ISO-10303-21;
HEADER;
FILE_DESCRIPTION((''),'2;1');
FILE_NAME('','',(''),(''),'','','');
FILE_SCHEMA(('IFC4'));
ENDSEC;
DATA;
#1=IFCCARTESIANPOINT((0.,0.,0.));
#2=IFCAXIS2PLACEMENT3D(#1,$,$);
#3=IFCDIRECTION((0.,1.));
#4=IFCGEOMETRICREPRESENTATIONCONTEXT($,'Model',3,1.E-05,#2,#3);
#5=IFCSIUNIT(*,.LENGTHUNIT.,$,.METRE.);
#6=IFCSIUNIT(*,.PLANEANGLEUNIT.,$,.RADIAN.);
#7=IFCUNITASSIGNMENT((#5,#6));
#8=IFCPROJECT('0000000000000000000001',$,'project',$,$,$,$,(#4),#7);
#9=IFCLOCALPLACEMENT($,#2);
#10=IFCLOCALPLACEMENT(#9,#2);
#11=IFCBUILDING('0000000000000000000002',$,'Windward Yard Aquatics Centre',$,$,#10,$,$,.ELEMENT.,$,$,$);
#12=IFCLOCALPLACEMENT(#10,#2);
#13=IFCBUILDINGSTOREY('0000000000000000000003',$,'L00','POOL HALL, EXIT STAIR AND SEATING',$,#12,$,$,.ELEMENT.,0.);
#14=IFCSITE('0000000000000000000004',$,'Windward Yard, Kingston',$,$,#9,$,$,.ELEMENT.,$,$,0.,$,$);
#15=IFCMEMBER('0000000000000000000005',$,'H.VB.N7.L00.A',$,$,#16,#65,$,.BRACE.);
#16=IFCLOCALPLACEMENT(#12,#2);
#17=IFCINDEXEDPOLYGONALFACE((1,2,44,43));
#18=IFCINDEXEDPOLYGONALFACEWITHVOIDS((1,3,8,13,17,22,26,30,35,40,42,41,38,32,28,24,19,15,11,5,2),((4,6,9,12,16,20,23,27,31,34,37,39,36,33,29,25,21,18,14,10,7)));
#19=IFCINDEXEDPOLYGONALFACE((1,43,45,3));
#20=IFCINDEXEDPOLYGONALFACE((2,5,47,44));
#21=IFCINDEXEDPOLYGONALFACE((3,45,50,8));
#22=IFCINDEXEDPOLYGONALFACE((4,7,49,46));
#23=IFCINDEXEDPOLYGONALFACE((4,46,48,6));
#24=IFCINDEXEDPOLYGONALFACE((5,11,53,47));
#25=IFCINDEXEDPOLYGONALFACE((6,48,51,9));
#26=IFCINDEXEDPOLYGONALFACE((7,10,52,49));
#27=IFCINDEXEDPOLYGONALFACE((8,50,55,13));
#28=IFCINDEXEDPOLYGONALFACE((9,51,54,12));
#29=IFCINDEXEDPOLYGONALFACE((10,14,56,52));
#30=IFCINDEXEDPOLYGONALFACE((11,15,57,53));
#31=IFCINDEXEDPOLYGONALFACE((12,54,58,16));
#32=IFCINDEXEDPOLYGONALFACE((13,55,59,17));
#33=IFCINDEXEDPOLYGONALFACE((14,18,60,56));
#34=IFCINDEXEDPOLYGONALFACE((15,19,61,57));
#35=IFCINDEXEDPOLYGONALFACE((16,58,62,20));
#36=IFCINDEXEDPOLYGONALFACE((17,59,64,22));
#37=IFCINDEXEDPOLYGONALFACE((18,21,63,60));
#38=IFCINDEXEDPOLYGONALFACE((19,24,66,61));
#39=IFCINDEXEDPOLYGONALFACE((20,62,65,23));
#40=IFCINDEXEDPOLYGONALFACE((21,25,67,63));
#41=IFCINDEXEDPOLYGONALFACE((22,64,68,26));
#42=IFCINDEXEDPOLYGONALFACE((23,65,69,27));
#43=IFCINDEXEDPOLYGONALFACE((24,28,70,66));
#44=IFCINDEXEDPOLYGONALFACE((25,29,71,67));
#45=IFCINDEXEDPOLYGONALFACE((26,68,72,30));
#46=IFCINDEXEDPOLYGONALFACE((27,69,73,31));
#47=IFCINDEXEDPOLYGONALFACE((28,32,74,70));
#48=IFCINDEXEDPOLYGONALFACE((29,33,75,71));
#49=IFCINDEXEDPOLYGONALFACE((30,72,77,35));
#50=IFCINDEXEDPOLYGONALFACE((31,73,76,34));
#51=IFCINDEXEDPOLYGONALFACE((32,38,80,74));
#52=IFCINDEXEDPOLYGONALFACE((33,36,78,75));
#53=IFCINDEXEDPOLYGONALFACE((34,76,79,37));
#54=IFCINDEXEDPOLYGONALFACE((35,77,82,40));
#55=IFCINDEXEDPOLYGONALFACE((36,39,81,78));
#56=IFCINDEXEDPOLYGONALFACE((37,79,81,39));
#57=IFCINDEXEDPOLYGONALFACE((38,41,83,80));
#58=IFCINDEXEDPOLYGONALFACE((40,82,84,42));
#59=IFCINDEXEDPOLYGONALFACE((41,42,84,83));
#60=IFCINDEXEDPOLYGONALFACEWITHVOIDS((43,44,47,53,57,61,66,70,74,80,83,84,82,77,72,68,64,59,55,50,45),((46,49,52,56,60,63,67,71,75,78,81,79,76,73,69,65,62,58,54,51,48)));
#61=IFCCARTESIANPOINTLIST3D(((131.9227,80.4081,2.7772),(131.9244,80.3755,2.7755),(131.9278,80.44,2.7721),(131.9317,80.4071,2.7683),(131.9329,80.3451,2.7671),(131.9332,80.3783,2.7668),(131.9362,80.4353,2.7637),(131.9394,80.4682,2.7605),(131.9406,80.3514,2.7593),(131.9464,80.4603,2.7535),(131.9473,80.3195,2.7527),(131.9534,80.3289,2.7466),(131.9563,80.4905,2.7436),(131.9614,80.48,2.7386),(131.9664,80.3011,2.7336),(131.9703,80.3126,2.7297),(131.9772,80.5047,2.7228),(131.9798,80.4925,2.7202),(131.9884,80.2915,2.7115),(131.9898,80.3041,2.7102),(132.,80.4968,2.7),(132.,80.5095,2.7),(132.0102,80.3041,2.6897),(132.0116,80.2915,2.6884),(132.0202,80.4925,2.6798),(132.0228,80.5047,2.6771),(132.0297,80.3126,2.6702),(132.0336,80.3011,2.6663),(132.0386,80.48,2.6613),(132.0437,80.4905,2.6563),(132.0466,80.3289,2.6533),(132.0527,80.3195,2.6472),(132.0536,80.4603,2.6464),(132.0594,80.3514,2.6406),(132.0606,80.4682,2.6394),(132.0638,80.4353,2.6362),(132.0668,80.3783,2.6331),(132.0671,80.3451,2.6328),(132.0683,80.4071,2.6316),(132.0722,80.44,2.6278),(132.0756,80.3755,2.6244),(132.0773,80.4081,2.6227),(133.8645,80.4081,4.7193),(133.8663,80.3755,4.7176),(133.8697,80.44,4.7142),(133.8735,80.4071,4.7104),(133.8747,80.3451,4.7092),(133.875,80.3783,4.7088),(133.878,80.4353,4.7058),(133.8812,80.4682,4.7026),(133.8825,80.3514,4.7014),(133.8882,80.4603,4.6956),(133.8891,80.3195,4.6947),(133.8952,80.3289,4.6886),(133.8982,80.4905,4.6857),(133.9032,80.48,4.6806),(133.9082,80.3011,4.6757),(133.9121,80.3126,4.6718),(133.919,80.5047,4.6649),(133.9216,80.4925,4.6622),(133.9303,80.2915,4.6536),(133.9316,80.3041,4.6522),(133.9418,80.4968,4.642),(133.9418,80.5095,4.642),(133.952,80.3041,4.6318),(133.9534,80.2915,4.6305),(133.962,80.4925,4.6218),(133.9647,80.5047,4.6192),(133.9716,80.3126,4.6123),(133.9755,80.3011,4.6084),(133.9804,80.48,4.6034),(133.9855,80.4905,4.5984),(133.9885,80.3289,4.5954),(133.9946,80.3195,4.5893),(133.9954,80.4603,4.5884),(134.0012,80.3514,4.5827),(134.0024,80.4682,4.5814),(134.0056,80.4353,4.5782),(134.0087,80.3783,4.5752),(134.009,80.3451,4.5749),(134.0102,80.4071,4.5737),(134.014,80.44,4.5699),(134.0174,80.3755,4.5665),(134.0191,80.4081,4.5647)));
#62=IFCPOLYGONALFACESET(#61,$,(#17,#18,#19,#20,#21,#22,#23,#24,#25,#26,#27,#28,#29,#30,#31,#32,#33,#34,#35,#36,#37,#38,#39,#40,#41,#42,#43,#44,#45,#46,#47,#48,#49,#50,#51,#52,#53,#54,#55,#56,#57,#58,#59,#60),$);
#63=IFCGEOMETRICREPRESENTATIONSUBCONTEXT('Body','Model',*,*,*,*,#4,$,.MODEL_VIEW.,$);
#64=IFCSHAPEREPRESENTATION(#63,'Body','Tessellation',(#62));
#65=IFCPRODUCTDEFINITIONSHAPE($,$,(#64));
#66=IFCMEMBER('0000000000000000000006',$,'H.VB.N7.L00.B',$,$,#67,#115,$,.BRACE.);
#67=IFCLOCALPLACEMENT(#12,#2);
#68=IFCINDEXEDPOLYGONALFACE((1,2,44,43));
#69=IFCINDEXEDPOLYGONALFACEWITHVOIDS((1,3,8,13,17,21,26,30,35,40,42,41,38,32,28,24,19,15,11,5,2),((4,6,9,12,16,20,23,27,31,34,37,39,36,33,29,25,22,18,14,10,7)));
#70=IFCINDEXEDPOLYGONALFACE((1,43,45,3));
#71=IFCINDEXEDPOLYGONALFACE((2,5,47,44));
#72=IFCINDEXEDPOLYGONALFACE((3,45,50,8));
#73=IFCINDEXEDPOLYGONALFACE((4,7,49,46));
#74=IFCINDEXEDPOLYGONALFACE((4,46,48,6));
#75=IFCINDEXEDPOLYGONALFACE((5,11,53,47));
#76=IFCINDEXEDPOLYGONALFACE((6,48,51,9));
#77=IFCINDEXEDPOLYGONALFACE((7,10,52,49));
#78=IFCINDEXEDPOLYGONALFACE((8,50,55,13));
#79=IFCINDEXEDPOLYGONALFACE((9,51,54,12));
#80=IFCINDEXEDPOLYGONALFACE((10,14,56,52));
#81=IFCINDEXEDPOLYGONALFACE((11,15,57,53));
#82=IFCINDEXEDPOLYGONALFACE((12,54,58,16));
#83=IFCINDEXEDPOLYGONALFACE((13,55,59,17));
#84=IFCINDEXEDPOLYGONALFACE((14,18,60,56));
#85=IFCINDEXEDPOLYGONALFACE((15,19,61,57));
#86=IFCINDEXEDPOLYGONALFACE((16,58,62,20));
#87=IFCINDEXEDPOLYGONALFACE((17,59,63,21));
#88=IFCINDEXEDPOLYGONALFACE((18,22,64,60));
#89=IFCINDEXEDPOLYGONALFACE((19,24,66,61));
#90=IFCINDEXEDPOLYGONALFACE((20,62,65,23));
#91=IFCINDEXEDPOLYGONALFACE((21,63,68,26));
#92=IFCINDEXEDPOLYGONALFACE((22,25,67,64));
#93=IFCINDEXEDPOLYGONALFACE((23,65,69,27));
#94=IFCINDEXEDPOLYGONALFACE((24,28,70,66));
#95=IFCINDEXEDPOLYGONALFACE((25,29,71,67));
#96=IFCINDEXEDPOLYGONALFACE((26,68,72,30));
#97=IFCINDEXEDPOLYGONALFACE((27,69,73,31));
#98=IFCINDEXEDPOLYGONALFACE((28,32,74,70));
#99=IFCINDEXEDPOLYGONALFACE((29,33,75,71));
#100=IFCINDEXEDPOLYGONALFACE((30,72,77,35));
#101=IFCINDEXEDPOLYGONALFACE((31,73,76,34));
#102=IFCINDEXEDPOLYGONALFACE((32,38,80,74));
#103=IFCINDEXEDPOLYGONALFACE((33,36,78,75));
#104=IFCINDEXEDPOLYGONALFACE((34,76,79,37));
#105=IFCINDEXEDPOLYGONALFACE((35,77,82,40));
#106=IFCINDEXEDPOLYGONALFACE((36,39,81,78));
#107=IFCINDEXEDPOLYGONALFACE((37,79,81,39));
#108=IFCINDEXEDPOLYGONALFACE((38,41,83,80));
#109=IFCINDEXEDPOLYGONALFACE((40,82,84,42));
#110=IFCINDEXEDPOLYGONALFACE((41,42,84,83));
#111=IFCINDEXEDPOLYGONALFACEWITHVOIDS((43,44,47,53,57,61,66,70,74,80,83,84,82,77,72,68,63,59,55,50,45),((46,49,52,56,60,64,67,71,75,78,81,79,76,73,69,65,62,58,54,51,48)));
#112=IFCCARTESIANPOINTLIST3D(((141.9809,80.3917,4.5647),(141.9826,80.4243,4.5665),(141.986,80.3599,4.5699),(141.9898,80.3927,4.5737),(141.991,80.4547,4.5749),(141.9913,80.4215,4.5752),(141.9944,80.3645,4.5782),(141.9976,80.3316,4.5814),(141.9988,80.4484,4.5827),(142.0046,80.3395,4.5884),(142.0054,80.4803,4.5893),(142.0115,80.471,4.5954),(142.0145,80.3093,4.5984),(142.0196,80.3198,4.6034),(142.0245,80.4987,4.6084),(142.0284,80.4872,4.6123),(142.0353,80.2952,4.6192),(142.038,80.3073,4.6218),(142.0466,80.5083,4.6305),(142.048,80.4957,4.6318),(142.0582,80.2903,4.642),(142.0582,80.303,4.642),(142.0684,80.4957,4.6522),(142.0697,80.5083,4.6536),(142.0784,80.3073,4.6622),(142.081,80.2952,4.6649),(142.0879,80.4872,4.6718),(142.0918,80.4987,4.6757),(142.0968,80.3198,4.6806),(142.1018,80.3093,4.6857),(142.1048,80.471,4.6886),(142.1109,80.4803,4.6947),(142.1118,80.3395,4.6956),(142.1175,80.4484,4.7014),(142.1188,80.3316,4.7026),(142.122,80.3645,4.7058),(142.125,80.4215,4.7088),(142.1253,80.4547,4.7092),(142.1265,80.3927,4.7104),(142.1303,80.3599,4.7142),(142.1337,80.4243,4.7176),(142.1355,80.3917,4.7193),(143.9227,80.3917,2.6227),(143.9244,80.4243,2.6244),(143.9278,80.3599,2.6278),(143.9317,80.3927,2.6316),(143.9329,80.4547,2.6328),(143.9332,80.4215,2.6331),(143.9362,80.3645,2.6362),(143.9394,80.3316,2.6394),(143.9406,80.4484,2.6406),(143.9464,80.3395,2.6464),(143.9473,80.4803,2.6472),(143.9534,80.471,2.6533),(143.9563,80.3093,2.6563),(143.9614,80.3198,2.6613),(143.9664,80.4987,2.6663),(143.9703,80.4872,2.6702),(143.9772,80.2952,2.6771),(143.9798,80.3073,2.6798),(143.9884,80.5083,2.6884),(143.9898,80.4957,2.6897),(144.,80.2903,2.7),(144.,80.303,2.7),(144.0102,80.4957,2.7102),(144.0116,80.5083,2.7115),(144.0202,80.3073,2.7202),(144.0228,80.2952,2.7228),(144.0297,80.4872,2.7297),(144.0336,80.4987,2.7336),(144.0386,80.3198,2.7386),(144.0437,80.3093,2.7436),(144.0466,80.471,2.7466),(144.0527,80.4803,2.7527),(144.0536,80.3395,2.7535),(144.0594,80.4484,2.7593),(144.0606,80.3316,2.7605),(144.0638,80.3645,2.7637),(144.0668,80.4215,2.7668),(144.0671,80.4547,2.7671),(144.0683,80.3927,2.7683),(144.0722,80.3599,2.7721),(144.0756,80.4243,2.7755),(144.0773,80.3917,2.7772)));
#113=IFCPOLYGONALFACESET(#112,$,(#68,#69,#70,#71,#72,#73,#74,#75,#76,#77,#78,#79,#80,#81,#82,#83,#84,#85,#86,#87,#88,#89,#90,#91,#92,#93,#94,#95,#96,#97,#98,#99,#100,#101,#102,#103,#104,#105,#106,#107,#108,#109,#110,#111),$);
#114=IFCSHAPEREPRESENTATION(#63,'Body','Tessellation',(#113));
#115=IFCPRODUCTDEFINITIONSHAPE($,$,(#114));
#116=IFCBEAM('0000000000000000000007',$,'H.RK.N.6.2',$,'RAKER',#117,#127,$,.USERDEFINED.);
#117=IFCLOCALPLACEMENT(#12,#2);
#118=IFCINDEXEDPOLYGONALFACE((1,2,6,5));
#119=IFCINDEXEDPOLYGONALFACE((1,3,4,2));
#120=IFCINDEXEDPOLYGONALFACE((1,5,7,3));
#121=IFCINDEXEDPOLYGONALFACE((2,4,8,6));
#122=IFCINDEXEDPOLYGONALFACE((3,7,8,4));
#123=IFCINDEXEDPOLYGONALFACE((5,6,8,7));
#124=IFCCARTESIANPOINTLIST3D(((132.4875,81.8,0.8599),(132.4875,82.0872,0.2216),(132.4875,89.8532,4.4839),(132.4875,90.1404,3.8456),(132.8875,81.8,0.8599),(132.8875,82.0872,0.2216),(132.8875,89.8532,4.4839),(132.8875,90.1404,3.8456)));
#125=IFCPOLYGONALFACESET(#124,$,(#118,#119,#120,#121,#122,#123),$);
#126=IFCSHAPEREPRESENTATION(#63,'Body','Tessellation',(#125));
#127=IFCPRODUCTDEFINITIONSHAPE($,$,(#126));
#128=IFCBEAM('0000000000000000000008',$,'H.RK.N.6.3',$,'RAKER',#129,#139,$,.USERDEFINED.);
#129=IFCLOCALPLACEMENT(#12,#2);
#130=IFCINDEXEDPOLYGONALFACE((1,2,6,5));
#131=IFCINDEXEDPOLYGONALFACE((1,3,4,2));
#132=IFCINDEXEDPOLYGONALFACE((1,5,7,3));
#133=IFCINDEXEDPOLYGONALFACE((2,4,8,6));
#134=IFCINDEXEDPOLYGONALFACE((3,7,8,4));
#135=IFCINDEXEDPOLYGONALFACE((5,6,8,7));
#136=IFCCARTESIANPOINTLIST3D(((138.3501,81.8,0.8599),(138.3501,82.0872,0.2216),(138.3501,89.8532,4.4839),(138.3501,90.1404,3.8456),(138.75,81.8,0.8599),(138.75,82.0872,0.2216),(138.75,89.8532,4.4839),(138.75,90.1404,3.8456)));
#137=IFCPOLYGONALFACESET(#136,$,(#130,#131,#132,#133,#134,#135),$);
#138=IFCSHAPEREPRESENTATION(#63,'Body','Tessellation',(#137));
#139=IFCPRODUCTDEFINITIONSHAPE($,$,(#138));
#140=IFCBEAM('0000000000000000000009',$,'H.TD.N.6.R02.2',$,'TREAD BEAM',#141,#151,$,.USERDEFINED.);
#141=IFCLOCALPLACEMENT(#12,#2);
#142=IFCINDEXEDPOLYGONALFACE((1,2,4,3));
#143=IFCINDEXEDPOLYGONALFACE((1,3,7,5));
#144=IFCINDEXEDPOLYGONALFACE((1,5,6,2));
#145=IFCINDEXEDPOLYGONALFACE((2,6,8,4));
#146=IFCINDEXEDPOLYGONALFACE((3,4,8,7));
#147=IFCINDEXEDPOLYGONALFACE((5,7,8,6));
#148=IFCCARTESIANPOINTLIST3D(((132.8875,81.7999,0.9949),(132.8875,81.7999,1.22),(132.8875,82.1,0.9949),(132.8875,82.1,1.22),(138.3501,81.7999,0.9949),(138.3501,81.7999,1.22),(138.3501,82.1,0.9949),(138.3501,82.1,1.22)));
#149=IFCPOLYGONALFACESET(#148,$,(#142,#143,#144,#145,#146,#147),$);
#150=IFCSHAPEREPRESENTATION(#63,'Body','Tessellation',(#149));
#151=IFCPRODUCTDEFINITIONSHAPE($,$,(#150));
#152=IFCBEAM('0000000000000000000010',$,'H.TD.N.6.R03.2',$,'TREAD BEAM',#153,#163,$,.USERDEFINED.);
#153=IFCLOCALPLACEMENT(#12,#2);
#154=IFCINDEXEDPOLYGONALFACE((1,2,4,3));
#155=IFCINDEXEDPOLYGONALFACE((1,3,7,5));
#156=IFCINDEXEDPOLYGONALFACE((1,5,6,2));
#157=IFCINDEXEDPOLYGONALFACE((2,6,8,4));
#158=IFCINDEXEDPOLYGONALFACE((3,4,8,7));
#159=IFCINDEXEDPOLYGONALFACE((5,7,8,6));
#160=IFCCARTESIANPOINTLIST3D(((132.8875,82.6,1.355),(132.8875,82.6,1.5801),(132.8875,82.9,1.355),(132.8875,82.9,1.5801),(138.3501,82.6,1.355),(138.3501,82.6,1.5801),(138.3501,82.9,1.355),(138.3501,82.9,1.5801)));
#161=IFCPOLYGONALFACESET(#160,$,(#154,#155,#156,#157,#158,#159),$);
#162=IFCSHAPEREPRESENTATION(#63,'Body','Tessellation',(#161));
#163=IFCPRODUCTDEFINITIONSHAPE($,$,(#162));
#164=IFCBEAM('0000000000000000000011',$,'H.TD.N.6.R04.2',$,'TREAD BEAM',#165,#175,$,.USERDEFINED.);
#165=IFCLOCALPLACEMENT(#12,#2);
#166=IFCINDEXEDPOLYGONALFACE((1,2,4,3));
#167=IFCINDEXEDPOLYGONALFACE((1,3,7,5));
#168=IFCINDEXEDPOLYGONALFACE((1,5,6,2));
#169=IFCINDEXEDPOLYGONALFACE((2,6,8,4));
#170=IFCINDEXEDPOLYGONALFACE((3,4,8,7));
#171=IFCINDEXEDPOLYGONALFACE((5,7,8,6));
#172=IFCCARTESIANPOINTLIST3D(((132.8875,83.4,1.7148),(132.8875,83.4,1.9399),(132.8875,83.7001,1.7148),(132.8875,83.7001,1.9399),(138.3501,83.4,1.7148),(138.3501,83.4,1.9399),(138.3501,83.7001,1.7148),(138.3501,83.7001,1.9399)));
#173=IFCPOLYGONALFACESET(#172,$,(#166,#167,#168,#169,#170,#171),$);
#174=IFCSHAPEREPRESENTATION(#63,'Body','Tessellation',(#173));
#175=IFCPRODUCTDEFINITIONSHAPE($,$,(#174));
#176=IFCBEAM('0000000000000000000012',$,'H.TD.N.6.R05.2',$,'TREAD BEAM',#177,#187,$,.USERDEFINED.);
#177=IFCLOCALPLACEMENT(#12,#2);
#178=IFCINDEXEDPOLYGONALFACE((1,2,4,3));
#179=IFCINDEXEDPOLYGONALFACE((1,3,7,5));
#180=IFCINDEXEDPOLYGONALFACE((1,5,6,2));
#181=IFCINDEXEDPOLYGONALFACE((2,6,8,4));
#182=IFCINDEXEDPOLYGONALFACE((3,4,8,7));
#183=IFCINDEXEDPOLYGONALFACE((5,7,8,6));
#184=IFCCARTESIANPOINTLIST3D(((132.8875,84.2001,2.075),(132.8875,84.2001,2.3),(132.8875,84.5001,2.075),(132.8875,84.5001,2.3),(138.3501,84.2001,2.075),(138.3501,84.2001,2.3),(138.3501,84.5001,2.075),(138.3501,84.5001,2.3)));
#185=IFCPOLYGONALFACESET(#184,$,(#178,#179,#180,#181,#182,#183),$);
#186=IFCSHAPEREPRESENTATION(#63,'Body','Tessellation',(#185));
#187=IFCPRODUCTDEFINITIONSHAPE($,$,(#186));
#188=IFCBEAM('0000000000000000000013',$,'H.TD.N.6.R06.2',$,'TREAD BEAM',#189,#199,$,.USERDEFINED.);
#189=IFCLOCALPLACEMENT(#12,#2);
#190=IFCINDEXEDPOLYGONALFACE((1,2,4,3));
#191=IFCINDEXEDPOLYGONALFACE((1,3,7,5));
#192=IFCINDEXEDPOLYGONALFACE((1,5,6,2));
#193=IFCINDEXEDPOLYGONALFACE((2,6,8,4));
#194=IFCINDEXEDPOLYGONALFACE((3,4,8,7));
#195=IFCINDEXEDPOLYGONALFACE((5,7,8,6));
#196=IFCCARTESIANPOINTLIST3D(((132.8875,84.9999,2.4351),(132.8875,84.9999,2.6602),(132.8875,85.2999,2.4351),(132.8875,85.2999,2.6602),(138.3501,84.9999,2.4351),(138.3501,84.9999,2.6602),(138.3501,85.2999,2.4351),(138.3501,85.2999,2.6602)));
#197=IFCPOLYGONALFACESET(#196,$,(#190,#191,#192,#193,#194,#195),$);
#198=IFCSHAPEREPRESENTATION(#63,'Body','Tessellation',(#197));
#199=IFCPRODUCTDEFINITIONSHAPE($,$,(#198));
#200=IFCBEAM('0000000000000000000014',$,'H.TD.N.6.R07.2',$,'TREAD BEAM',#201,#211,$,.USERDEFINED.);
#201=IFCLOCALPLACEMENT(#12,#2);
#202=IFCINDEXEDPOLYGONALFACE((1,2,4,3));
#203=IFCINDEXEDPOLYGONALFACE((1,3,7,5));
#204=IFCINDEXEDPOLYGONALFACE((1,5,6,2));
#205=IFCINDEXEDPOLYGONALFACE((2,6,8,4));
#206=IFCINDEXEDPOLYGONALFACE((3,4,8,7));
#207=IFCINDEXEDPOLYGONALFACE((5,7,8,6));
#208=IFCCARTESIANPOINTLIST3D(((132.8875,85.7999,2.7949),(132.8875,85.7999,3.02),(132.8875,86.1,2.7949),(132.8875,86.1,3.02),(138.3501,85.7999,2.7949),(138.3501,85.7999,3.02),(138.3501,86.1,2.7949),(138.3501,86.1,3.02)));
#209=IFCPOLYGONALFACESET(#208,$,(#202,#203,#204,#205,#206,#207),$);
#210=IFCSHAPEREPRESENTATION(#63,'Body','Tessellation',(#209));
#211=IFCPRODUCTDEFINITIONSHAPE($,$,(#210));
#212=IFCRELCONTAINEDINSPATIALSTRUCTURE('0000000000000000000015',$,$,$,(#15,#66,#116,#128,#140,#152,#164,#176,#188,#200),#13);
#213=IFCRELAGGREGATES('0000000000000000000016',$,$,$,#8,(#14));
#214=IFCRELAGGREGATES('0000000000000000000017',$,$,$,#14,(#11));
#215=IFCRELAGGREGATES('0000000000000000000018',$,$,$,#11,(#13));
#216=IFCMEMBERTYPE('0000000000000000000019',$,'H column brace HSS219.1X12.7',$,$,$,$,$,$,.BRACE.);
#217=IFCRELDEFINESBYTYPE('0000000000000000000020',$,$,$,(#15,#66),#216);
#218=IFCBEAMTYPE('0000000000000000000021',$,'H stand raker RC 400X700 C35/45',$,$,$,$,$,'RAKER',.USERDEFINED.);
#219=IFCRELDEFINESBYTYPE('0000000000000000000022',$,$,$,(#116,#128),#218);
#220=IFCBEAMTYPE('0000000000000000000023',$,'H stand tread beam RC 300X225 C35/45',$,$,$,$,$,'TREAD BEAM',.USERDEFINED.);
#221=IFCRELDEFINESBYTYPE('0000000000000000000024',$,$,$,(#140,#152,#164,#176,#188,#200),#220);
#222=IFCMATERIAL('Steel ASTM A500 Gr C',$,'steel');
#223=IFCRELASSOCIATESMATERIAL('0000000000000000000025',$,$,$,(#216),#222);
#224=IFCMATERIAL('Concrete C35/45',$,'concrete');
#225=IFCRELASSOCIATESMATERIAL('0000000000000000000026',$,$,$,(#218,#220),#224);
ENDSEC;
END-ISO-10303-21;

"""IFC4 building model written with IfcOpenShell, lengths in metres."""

from ifc_helpers import new_model, si_unit, direction, frame, origin, origin_2d, place, context, subcontext, project, spatial, rectangle, hollow_circle, extrude, material, material_profile, profile_set, type_object, element, save


model = new_model("IFC4")

# Units and contexts
model_context = context("Model", 3, precision=1e-05, world=origin(), true_north=direction((0.0, 1.0)))
body_context = subcontext(model_context, "Body", "Model", "MODEL_VIEW")
ifc_project = project(units=[si_unit("LENGTHUNIT", "METRE"), si_unit("PLANEANGLEUNIT", "RADIAN")], contexts=[model_context])

# Site, building, storey
site_placement = place(None, origin())
site = spatial("IfcSite", under=ifc_project, at=site_placement, Name="Windward Yard, Kingston", CompositionType="ELEMENT", RefElevation=0.0)
building_placement = place(site_placement, origin())
building = spatial("IfcBuilding", under=site, at=building_placement, Name="Windward Yard Aquatics Centre", CompositionType="ELEMENT")
storey_placement = place(building_placement, origin())
storey = spatial("IfcBuildingStorey", under=building, at=storey_placement, Name="L00", Description="POOL HALL, EXIT STAIR AND SEATING", CompositionType="ELEMENT", Elevation=0.0)

# Shared definitions
ifc_material_1 = material(Name="Concrete C35/45", Category="concrete")

# Shared definitions
ifc_material_2 = material(Name="Steel ASTM A500 Gr C", Category="steel")

# Members
ifc_material_profile_1 = material_profile(ifc_material_2, hollow_circle(Radius=0.1096, WallThickness=0.0127, at=origin_2d()), Name="HSS219.1X12.7")
ifc_profile_set_1 = profile_set([ifc_material_profile_1], Name="Steel ASTM A500 Gr C")
member_type = type_object("IfcMemberType", Name="H column brace HSS219.1X12.7", PredefinedType="BRACE", material=ifc_profile_set_1)
for number, where, z_axis, x_axis, name in (
    (1, (132.0, 80.3999, 2.7), (0.707062, 0.0, 0.707151), (0.0, 1.0, 0.0), "H.VB.N7.L00.A"),
    (2, (144.0, 80.3999, 2.7), (-0.707062, 0.0, 0.707151), (0.0, -1.0, 0.0), "H.VB.N7.L00.B"),
):
    element("IfcMember", number, at=place(storey_placement, frame(where, z_axis=z_axis, x_axis=x_axis)), inside=storey, type_object=member_type, Name=name, PredefinedType="BRACE", context=body_context, shape_type="SweptSolid", body=[
        extrude(hollow_circle(Radius=0.1096, WallThickness=0.0127, at=origin_2d()), origin(), (0.0, 0.0, 1.0), 2.7463),
    ])

# Beams
ifc_material_profile_2 = material_profile(ifc_material_1, rectangle(XDim=0.3999, YDim=0.7, at=origin_2d()), Name="RC 400X700")
ifc_profile_set_2 = profile_set([ifc_material_profile_2], Name="Concrete C35/45")
beam_type_1 = type_object("IfcBeamType", Name="H stand raker RC 400X700 C35/45", ElementType="RAKER", PredefinedType="USERDEFINED", material=ifc_profile_set_2)
for number, where, z_axis, x_axis, name in (
    (3, (132.6875, 81.9436, 0.5408), (0.0, 0.911918, 0.410372), (-1.0, 0.0, 0.0), "H.RK.N.6.2"),
    (4, (138.55, 81.9436, 0.5408), (0.0, 0.911918, 0.410372), (-1.0, 0.0, 0.0), "H.RK.N.6.3"),
):
    element("IfcBeam", number, at=place(storey_placement, frame(where, z_axis=z_axis, x_axis=x_axis)), inside=storey, type_object=beam_type_1, Name=name, ObjectType="RAKER", PredefinedType="USERDEFINED", context=body_context, shape_type="SweptSolid", body=[
        extrude(rectangle(XDim=0.3999, YDim=0.7, at=origin_2d()), origin(), (0.0, 0.0, 1.0), 8.8311),
    ])
ifc_material_profile_3 = material_profile(ifc_material_1, rectangle(XDim=0.3, YDim=0.2251, at=origin_2d()), Name="RC 300X225")
ifc_profile_set_3 = profile_set([ifc_material_profile_3], Name="Concrete C35/45")
beam_type_2 = type_object("IfcBeamType", Name="H stand tread beam RC 300X225 C35/45", ElementType="TREAD BEAM", PredefinedType="USERDEFINED", material=ifc_profile_set_3)
for number, where, z_axis, x_axis, name in (
    (5, (132.8875, 81.95, 1.1074), (1.0, 0.0, 0.0), (0.0, 1.0, 0.0), "H.TD.N.6.R02.2"),
    (6, (132.8875, 82.75, 1.4675), (1.0, 0.0, 0.0), (0.0, 1.0, 0.0), "H.TD.N.6.R03.2"),
    (7, (132.8875, 83.55, 1.8274), (1.0, 0.0, 0.0), (0.0, 1.0, 0.0), "H.TD.N.6.R04.2"),
    (8, (132.8875, 84.3501, 2.1875), (1.0, 0.0, 0.0), (0.0, 1.0, 0.0), "H.TD.N.6.R05.2"),
    (9, (132.8875, 85.1499, 2.5476), (1.0, 0.0, 0.0), (0.0, 1.0, 0.0), "H.TD.N.6.R06.2"),
    (10, (132.8875, 85.95, 2.9075), (1.0, 0.0, 0.0), (0.0, 1.0, 0.0), "H.TD.N.6.R07.2"),
):
    element("IfcBeam", number, at=place(storey_placement, frame(where, z_axis=z_axis, x_axis=x_axis)), inside=storey, type_object=beam_type_2, Name=name, ObjectType="TREAD BEAM", PredefinedType="USERDEFINED", context=body_context, shape_type="SweptSolid", body=[
        extrude(rectangle(XDim=0.3, YDim=0.2251, at=origin_2d()), origin(), (0.0, 0.0, 1.0), 5.4626),
    ])

save(model, "model.ifc")
